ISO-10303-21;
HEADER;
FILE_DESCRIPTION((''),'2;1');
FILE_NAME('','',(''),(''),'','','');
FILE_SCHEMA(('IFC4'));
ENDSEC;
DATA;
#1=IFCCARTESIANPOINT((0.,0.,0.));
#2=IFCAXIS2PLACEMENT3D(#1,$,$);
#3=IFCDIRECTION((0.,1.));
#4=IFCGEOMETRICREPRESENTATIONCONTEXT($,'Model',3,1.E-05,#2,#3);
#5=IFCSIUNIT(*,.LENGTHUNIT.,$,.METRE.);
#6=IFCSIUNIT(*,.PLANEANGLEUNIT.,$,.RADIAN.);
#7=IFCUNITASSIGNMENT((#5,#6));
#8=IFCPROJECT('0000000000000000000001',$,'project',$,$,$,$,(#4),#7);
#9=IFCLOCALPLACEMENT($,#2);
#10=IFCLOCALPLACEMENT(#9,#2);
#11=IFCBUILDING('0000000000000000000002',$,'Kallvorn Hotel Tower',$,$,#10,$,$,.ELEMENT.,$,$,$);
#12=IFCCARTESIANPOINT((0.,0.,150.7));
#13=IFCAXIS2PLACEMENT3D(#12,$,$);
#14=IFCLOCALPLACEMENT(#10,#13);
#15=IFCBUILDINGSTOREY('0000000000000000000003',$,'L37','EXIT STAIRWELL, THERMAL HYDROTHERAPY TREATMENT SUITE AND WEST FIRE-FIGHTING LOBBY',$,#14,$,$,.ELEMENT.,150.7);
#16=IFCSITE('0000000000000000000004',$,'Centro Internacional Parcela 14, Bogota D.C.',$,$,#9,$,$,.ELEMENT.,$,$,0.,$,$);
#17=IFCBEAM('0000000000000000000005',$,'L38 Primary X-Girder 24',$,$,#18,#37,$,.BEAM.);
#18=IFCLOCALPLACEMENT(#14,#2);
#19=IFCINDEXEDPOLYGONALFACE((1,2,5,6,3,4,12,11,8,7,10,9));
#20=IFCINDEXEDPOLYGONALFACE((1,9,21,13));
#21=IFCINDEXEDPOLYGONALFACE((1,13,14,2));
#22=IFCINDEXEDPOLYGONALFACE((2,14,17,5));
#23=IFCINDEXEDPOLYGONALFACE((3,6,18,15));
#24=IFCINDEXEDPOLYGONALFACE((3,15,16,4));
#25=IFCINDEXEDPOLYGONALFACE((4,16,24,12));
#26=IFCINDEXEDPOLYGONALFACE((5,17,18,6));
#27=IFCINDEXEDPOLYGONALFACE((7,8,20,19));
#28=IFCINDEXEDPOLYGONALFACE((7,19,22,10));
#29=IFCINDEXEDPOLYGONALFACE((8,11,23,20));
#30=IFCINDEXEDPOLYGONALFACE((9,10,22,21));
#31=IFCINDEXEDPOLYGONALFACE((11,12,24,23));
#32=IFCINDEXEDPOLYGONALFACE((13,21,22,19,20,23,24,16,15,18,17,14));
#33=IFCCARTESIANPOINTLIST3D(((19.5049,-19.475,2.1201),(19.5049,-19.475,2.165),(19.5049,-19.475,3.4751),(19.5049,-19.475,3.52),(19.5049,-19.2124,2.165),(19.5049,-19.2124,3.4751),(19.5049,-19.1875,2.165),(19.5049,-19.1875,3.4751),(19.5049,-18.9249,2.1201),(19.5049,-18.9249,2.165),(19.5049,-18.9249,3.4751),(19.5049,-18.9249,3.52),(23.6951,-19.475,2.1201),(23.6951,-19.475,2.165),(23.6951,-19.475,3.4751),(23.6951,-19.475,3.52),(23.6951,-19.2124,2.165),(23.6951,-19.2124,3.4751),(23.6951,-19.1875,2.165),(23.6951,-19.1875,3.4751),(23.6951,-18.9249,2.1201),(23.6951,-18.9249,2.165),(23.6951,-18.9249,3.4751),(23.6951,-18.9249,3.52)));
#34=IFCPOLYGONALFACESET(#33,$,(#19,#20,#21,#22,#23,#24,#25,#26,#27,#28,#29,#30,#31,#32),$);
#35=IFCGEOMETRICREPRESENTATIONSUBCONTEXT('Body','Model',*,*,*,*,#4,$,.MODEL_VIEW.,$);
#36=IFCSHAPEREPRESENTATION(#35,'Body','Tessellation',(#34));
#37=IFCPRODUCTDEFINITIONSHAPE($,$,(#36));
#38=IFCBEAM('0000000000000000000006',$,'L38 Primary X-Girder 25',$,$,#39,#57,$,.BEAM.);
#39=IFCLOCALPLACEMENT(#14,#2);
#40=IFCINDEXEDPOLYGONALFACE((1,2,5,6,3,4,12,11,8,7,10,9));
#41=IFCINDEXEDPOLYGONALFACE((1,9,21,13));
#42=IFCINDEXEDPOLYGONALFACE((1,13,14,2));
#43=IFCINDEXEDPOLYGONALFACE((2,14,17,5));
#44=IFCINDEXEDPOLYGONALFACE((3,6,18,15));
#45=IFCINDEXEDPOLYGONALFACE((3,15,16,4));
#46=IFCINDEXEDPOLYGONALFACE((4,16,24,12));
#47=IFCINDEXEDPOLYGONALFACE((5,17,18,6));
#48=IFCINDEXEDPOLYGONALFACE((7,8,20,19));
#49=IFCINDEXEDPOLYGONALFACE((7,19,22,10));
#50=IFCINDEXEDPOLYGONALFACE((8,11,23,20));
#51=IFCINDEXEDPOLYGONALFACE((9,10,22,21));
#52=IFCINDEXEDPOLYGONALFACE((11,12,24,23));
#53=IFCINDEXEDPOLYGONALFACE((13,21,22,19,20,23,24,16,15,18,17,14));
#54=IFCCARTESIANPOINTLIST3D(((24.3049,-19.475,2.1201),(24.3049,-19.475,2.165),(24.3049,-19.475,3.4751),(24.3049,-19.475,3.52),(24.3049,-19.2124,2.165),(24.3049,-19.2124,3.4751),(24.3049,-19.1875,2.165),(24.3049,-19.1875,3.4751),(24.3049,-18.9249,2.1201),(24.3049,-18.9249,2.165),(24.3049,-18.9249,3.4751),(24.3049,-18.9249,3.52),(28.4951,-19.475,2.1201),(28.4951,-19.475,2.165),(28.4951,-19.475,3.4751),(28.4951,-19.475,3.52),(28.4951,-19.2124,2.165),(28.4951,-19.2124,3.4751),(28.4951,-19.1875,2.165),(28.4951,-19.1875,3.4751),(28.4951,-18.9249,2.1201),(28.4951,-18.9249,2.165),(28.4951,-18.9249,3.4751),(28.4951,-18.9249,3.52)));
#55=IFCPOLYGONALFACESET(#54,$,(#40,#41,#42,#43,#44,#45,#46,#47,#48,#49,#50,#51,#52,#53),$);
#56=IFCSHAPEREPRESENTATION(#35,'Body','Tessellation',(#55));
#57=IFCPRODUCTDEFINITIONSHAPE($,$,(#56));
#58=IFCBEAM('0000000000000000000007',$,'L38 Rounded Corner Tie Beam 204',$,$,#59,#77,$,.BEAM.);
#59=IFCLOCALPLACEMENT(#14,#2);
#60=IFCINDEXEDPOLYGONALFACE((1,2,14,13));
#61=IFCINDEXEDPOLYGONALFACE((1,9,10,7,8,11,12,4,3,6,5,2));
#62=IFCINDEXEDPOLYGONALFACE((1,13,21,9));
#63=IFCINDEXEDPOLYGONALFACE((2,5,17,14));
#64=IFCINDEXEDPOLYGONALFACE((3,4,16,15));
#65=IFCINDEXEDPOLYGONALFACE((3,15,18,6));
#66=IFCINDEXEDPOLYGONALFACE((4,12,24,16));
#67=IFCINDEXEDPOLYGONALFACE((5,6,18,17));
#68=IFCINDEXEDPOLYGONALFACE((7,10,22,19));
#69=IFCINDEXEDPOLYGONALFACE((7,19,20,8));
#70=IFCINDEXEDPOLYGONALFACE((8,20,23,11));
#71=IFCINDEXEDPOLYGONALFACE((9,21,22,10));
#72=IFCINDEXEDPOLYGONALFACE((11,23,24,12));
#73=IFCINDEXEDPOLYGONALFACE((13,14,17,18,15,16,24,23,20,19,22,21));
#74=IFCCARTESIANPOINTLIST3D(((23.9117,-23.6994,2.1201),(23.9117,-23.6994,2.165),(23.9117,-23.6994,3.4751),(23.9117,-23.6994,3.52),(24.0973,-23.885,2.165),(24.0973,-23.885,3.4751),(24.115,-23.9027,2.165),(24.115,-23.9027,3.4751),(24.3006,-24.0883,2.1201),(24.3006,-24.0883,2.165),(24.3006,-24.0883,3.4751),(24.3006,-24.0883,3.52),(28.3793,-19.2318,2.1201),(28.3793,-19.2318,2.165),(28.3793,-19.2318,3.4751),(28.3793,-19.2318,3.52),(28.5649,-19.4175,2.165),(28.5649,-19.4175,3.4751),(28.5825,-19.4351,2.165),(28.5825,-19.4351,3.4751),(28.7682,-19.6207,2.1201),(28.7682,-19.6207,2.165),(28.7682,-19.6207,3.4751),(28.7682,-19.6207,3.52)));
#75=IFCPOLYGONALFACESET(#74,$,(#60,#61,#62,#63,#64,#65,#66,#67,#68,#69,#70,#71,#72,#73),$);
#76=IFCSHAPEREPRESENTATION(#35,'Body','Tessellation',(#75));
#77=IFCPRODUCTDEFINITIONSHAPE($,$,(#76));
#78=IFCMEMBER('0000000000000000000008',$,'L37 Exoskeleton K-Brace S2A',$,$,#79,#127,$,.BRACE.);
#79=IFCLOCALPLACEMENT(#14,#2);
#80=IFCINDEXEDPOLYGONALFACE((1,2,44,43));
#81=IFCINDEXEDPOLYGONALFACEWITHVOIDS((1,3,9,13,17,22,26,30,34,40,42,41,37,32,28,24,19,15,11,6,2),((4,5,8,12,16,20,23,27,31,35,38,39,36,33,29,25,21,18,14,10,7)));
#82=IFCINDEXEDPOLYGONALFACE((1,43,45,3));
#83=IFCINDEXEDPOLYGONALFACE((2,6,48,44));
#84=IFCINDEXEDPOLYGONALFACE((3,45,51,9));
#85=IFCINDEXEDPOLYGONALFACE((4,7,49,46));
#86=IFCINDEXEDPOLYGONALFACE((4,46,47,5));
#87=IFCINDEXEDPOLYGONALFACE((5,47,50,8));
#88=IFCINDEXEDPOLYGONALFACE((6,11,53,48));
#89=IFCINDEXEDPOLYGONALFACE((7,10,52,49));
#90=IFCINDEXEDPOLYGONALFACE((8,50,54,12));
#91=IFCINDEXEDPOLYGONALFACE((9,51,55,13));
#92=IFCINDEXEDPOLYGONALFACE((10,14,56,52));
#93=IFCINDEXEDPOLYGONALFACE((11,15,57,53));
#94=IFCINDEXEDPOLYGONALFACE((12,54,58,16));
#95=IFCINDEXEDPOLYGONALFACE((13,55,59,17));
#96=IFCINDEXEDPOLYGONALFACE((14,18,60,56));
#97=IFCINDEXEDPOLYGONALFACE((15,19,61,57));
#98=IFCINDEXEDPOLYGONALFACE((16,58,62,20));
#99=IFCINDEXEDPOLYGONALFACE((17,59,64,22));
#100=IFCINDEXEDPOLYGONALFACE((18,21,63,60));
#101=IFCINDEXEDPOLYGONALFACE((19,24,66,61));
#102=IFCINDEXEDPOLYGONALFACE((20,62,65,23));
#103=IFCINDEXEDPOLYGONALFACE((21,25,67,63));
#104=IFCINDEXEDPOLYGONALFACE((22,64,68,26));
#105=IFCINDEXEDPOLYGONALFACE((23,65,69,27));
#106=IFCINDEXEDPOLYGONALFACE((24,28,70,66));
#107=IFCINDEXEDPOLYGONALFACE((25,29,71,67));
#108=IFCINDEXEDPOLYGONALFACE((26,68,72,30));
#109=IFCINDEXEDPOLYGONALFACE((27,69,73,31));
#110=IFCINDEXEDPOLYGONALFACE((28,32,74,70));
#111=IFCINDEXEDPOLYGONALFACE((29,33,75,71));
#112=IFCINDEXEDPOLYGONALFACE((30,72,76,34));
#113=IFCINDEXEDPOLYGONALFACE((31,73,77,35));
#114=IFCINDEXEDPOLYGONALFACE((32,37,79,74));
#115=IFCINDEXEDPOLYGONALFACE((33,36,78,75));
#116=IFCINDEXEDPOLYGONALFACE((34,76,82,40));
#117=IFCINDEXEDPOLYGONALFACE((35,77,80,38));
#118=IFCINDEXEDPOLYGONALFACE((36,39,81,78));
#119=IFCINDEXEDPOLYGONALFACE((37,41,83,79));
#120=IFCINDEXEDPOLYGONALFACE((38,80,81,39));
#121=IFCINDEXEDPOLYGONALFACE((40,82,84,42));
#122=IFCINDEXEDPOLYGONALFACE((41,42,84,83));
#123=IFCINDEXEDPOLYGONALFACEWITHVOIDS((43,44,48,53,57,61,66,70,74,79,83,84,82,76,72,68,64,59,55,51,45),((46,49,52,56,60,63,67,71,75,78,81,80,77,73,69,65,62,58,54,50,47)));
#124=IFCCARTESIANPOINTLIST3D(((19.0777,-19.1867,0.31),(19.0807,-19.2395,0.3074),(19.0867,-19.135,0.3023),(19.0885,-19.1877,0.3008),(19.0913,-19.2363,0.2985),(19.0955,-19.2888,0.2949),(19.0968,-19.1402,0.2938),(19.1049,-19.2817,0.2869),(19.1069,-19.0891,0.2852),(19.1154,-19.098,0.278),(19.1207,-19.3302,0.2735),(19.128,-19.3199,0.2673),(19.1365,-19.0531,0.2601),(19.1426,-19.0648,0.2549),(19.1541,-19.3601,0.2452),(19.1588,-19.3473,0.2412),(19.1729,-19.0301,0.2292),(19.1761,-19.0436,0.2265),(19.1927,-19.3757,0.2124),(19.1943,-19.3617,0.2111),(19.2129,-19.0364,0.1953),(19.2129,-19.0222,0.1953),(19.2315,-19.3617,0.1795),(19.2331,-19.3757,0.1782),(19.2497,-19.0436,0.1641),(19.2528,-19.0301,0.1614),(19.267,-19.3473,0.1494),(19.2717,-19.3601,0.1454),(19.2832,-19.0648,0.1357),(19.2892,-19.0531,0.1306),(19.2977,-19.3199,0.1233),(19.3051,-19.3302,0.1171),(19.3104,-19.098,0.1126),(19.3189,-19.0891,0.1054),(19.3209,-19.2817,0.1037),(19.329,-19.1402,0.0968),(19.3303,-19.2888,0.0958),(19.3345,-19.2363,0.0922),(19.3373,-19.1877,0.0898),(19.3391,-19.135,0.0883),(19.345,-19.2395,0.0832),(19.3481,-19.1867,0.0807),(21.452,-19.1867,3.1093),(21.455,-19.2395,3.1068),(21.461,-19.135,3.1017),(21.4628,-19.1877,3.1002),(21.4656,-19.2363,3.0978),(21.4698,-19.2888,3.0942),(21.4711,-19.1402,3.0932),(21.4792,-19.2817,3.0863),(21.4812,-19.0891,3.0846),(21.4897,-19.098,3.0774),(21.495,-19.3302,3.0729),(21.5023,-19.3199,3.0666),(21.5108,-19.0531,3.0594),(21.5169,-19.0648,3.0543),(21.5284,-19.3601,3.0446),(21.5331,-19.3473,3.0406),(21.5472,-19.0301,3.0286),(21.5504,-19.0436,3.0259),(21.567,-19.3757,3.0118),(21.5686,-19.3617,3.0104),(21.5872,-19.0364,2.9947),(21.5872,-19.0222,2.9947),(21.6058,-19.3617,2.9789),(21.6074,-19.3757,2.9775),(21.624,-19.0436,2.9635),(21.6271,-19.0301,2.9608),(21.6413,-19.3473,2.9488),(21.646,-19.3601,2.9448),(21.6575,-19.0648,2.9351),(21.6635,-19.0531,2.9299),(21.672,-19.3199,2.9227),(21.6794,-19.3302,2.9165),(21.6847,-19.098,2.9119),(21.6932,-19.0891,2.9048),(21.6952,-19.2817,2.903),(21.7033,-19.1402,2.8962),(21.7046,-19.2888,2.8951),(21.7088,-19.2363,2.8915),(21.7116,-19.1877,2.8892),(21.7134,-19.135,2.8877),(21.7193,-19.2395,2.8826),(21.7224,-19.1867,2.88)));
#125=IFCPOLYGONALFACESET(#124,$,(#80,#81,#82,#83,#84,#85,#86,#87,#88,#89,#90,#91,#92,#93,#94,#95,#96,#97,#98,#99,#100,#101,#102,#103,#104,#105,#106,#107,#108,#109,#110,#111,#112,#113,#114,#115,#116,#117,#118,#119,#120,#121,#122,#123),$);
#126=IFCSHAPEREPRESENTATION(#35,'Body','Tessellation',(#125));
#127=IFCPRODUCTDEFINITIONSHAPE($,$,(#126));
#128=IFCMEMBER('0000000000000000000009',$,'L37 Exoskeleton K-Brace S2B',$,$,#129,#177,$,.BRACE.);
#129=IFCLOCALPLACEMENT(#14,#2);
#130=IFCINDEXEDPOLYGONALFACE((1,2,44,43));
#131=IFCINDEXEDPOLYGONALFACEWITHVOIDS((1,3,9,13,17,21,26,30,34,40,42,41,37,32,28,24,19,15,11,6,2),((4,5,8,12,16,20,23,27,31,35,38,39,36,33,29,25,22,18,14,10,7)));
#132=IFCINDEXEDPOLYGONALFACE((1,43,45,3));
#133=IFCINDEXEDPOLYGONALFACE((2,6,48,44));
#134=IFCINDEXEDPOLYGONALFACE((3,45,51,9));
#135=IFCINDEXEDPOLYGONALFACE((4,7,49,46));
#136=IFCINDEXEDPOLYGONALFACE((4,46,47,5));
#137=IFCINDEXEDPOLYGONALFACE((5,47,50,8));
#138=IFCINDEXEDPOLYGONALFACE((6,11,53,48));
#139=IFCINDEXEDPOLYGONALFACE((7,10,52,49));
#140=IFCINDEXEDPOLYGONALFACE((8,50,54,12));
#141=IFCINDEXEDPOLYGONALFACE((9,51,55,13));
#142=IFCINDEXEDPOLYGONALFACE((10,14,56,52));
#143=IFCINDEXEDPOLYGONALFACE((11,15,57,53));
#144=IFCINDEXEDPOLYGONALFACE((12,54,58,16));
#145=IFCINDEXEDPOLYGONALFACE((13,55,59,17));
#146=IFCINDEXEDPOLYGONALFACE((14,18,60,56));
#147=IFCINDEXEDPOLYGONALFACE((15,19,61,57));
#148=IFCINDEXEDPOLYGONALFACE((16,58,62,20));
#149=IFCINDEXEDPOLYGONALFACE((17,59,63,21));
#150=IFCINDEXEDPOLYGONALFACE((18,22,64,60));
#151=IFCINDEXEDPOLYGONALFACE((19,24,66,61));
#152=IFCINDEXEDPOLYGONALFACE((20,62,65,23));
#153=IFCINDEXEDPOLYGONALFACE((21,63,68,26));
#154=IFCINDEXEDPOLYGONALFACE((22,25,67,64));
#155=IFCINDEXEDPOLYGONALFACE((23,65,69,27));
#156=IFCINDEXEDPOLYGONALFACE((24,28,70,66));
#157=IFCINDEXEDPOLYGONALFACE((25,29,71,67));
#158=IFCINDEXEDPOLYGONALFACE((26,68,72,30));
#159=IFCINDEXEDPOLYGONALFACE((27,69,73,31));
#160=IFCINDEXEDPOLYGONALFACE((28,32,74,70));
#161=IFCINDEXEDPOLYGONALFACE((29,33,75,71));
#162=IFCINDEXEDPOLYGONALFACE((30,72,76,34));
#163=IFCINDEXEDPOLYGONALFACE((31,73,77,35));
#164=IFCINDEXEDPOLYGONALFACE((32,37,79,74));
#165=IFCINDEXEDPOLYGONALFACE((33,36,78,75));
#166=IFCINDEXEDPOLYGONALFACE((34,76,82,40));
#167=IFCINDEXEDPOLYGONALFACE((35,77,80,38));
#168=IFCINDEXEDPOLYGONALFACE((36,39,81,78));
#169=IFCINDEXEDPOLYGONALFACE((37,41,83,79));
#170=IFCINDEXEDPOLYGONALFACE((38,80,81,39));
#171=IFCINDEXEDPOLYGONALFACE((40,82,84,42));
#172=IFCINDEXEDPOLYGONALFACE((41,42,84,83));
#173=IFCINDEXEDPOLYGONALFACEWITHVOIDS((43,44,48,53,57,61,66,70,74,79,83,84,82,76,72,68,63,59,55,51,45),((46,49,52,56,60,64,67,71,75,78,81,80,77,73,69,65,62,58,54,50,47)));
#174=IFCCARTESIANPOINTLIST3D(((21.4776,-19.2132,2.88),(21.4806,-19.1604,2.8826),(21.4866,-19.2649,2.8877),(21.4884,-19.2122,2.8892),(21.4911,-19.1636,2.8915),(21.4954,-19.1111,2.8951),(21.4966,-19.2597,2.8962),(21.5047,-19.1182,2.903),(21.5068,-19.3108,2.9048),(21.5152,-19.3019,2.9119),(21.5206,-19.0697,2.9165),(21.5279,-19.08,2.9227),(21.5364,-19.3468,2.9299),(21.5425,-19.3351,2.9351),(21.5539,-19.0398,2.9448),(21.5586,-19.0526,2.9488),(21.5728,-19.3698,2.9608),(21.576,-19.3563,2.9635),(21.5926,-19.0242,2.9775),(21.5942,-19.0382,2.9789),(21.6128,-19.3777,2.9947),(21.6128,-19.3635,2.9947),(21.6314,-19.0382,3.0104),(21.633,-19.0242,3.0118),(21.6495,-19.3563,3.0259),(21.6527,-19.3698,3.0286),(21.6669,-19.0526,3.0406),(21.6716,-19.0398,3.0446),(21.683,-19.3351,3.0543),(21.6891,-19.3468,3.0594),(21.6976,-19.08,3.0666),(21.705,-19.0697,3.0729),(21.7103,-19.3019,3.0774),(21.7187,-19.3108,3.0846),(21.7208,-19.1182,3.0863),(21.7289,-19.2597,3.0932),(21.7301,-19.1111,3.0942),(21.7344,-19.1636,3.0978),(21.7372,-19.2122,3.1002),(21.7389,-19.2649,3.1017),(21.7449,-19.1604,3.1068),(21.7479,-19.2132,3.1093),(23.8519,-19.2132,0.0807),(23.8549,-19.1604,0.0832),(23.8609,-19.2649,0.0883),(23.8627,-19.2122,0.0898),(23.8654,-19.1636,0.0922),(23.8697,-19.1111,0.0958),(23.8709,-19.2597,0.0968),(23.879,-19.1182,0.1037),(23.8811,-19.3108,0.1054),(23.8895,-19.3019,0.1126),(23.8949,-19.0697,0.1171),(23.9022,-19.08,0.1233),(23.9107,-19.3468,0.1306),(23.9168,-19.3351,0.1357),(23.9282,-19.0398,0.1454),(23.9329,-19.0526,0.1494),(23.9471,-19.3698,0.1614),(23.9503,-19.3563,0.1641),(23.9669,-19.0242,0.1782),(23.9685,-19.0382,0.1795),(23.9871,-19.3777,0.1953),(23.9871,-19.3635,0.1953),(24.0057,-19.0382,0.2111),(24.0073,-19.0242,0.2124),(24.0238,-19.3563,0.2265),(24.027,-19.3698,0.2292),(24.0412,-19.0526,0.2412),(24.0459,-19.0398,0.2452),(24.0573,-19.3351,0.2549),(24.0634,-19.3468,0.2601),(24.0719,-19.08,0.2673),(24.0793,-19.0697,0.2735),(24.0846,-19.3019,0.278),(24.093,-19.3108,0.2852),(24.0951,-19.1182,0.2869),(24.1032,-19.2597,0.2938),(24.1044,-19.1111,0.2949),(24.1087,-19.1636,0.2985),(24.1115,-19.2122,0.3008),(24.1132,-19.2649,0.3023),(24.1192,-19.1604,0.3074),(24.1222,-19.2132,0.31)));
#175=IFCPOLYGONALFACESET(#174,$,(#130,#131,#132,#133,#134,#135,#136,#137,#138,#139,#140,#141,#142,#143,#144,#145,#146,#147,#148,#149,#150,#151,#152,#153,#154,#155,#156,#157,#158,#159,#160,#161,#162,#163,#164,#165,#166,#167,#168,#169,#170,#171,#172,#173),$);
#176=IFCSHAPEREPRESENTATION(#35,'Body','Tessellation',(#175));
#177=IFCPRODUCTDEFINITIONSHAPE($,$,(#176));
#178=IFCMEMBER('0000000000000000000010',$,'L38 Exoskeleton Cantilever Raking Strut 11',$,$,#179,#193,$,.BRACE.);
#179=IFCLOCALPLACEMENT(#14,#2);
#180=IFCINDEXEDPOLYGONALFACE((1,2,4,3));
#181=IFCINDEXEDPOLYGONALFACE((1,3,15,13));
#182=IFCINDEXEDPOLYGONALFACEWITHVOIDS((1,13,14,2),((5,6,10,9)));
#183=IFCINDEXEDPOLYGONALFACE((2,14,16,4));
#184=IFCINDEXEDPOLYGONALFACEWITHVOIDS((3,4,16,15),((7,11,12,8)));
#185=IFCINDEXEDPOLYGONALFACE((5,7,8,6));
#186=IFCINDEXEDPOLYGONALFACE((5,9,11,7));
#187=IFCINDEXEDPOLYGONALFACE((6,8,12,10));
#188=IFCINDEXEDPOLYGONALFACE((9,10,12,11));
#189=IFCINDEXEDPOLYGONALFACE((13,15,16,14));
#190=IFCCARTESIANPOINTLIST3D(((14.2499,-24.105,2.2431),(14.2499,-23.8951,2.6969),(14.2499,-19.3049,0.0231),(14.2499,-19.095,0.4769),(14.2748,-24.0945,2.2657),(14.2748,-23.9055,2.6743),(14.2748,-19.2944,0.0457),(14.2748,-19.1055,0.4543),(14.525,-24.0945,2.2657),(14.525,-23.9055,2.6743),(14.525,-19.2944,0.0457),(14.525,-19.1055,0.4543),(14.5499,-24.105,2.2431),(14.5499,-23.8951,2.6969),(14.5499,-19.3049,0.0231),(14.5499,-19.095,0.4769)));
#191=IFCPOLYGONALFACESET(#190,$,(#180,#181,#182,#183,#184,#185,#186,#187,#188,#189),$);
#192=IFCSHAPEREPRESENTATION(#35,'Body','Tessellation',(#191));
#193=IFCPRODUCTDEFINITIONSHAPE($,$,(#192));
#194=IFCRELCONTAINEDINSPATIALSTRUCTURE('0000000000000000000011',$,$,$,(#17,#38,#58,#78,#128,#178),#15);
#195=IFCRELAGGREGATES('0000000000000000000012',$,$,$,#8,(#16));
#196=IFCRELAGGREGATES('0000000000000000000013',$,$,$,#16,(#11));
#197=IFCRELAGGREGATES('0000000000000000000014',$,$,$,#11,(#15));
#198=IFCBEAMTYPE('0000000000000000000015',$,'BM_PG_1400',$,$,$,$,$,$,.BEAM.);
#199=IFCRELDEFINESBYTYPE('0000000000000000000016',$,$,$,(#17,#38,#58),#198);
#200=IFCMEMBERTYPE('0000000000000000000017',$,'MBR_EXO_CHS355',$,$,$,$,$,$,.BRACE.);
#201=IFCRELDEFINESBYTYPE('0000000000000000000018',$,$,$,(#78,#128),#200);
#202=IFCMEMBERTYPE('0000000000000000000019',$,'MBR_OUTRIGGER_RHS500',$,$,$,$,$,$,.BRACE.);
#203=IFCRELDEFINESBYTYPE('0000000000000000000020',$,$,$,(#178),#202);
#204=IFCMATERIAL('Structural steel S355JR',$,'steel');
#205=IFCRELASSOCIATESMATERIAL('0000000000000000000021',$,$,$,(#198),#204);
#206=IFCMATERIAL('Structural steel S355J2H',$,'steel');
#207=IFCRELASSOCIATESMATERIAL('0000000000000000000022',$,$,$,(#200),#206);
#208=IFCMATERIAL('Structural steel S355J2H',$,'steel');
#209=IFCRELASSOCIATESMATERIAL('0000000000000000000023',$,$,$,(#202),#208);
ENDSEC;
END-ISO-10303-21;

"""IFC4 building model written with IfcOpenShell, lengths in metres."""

from ifc_helpers import new_model, si_unit, direction, frame, origin, origin_2d, place, context, subcontext, project, spatial, hollow_rectangle, hollow_circle, i_section, extrude, material, material_profile, profile_set, type_object, element, save


model = new_model("IFC4")

# Units and contexts
model_context = context("Model", 3, precision=1e-05, world=origin(), true_north=direction((0.0, 1.0)))
body_context = subcontext(model_context, "Body", "Model", "MODEL_VIEW")
ifc_project = project(units=[si_unit("LENGTHUNIT", "METRE"), si_unit("PLANEANGLEUNIT", "RADIAN")], contexts=[model_context])

# Site, building, storey
site_placement = place(None, origin())
site = spatial("IfcSite", under=ifc_project, at=site_placement, Name="Centro Internacional Parcela 14, Bogota D.C.", CompositionType="ELEMENT", RefElevation=0.0)
building_placement = place(site_placement, origin())
building = spatial("IfcBuilding", under=site, at=building_placement, Name="Kallvorn Hotel Tower", CompositionType="ELEMENT")
storey_placement = place(building_placement, frame((0.0, 0.0, 150.7)))
storey = spatial("IfcBuildingStorey", under=building, at=storey_placement, Name="L37", Description="EXIT STAIRWELL, THERMAL HYDROTHERAPY TREATMENT SUITE AND WEST FIRE-FIGHTING LOBBY", CompositionType="ELEMENT", Elevation=150.7)

# Beams
ifc_material_1 = material(Name="Structural steel S355JR", Category="steel")
ifc_material_profile_1 = material_profile(ifc_material_1, i_section(OverallWidth=0.55, OverallDepth=1.3999, WebThickness=0.0249, FlangeThickness=0.0449, at=origin_2d()), Name="PG 1400x550x25x45")
ifc_profile_set_1 = profile_set([ifc_material_profile_1], Name="Structural steel S355JR")
beam_type_1 = type_object("IfcBeamType", Name="BM_PG_1400", PredefinedType="BEAM", material=ifc_profile_set_1)
for number, where, z_axis, x_axis, name in (
    (1, (19.5049, -19.2, 2.8201), (1.0, 0.0, 0.0), (0.0, 1.0, 0.0), "L38 Primary X-Girder 24"),
    (2, (24.3049, -19.2, 2.8201), (1.0, 0.0, 0.0), (0.0, 1.0, 0.0), "L38 Primary X-Girder 25"),
):
    element("IfcBeam", number, at=place(storey_placement, frame(where, z_axis=z_axis, x_axis=x_axis)), inside=storey, type_object=beam_type_1, Name=name, PredefinedType="BEAM", context=body_context, shape_type="SweptSolid", body=[
        extrude(i_section(OverallWidth=0.55, OverallDepth=1.3999, WebThickness=0.0249, FlangeThickness=0.0449, at=origin_2d()), origin(), (0.0, 0.0, 1.0), 4.1902),
    ])
beam_1_placement = place(storey_placement, frame((28.5737, -19.4263, 2.8201), z_axis=(-0.707107, -0.707107, 0.0), x_axis=(0.707107, -0.707107, 0.0)))
element("IfcBeam", 3, at=beam_1_placement, inside=storey, type_object=beam_type_1, Name="L38 Rounded Corner Tie Beam 204", PredefinedType="BEAM", context=body_context, shape_type="SweptSolid", body=[
    extrude(i_section(OverallWidth=0.55, OverallDepth=1.3999, WebThickness=0.0249, FlangeThickness=0.0449, at=origin_2d()), origin(), (0.0, 0.0, 1.0), 6.3181),
])

# Members
ifc_material_2 = material(Name="Structural steel S355J2H", Category="steel")
ifc_material_profile_2 = material_profile(ifc_material_2, hollow_circle(Radius=0.1777, WallThickness=0.0142, at=origin_2d()), Name="CHS 355.6x14.2")
ifc_profile_set_2 = profile_set([ifc_material_profile_2], Name="Structural steel S355J2H")
member_type_1 = type_object("IfcMemberType", Name="MBR_EXO_CHS355", PredefinedType="BRACE", material=ifc_profile_set_2)
for number, where, z_axis, x_axis, name in (
    (4, (19.2129, -19.2, 0.1953), (0.646833, 0.0, 0.762631), (0.0, 1.0, 0.0), "L37 Exoskeleton K-Brace S2A"),
    (5, (23.9871, -19.2, 0.1953), (-0.646833, 0.0, 0.762631), (0.0, -1.0, 0.0), "L37 Exoskeleton K-Brace S2B"),
):
    element("IfcMember", number, at=place(storey_placement, frame(where, z_axis=z_axis, x_axis=x_axis)), inside=storey, type_object=member_type_1, Name=name, PredefinedType="BRACE", context=body_context, shape_type="SweptSolid", body=[
        extrude(hollow_circle(Radius=0.1777, WallThickness=0.0142, at=origin_2d()), origin(), (0.0, 0.0, 1.0), 3.6707),
    ])
ifc_material_3 = material(Name="Structural steel S355J2H", Category="steel")
ifc_material_profile_3 = material_profile(ifc_material_3, hollow_rectangle(XDim=0.3, YDim=0.5, WallThickness=0.0249, at=origin_2d()), Name="RHS 500x300x25")
ifc_profile_set_3 = profile_set([ifc_material_profile_3], Name="Structural steel S355J2H")
member_type_2 = type_object("IfcMemberType", Name="MBR_OUTRIGGER_RHS500", PredefinedType="BRACE", material=ifc_profile_set_3)
for number, where, z_axis, x_axis, name in (
    (6, (14.3999, -19.2, 0.25), (0.0, -0.907631, 0.419769), (1.0, 0.0, 0.0), "L38 Exoskeleton Cantilever Raking Strut 11"),
):
    element("IfcMember", number, at=place(storey_placement, frame(where, z_axis=z_axis, x_axis=x_axis)), inside=storey, type_object=member_type_2, Name=name, PredefinedType="BRACE", context=body_context, shape_type="SweptSolid", body=[
        extrude(hollow_rectangle(XDim=0.3, YDim=0.5, WallThickness=0.0249, at=origin_2d()), origin(), (0.0, 0.0, 1.0), 5.2886),
    ])

save(model, "model.ifc")
